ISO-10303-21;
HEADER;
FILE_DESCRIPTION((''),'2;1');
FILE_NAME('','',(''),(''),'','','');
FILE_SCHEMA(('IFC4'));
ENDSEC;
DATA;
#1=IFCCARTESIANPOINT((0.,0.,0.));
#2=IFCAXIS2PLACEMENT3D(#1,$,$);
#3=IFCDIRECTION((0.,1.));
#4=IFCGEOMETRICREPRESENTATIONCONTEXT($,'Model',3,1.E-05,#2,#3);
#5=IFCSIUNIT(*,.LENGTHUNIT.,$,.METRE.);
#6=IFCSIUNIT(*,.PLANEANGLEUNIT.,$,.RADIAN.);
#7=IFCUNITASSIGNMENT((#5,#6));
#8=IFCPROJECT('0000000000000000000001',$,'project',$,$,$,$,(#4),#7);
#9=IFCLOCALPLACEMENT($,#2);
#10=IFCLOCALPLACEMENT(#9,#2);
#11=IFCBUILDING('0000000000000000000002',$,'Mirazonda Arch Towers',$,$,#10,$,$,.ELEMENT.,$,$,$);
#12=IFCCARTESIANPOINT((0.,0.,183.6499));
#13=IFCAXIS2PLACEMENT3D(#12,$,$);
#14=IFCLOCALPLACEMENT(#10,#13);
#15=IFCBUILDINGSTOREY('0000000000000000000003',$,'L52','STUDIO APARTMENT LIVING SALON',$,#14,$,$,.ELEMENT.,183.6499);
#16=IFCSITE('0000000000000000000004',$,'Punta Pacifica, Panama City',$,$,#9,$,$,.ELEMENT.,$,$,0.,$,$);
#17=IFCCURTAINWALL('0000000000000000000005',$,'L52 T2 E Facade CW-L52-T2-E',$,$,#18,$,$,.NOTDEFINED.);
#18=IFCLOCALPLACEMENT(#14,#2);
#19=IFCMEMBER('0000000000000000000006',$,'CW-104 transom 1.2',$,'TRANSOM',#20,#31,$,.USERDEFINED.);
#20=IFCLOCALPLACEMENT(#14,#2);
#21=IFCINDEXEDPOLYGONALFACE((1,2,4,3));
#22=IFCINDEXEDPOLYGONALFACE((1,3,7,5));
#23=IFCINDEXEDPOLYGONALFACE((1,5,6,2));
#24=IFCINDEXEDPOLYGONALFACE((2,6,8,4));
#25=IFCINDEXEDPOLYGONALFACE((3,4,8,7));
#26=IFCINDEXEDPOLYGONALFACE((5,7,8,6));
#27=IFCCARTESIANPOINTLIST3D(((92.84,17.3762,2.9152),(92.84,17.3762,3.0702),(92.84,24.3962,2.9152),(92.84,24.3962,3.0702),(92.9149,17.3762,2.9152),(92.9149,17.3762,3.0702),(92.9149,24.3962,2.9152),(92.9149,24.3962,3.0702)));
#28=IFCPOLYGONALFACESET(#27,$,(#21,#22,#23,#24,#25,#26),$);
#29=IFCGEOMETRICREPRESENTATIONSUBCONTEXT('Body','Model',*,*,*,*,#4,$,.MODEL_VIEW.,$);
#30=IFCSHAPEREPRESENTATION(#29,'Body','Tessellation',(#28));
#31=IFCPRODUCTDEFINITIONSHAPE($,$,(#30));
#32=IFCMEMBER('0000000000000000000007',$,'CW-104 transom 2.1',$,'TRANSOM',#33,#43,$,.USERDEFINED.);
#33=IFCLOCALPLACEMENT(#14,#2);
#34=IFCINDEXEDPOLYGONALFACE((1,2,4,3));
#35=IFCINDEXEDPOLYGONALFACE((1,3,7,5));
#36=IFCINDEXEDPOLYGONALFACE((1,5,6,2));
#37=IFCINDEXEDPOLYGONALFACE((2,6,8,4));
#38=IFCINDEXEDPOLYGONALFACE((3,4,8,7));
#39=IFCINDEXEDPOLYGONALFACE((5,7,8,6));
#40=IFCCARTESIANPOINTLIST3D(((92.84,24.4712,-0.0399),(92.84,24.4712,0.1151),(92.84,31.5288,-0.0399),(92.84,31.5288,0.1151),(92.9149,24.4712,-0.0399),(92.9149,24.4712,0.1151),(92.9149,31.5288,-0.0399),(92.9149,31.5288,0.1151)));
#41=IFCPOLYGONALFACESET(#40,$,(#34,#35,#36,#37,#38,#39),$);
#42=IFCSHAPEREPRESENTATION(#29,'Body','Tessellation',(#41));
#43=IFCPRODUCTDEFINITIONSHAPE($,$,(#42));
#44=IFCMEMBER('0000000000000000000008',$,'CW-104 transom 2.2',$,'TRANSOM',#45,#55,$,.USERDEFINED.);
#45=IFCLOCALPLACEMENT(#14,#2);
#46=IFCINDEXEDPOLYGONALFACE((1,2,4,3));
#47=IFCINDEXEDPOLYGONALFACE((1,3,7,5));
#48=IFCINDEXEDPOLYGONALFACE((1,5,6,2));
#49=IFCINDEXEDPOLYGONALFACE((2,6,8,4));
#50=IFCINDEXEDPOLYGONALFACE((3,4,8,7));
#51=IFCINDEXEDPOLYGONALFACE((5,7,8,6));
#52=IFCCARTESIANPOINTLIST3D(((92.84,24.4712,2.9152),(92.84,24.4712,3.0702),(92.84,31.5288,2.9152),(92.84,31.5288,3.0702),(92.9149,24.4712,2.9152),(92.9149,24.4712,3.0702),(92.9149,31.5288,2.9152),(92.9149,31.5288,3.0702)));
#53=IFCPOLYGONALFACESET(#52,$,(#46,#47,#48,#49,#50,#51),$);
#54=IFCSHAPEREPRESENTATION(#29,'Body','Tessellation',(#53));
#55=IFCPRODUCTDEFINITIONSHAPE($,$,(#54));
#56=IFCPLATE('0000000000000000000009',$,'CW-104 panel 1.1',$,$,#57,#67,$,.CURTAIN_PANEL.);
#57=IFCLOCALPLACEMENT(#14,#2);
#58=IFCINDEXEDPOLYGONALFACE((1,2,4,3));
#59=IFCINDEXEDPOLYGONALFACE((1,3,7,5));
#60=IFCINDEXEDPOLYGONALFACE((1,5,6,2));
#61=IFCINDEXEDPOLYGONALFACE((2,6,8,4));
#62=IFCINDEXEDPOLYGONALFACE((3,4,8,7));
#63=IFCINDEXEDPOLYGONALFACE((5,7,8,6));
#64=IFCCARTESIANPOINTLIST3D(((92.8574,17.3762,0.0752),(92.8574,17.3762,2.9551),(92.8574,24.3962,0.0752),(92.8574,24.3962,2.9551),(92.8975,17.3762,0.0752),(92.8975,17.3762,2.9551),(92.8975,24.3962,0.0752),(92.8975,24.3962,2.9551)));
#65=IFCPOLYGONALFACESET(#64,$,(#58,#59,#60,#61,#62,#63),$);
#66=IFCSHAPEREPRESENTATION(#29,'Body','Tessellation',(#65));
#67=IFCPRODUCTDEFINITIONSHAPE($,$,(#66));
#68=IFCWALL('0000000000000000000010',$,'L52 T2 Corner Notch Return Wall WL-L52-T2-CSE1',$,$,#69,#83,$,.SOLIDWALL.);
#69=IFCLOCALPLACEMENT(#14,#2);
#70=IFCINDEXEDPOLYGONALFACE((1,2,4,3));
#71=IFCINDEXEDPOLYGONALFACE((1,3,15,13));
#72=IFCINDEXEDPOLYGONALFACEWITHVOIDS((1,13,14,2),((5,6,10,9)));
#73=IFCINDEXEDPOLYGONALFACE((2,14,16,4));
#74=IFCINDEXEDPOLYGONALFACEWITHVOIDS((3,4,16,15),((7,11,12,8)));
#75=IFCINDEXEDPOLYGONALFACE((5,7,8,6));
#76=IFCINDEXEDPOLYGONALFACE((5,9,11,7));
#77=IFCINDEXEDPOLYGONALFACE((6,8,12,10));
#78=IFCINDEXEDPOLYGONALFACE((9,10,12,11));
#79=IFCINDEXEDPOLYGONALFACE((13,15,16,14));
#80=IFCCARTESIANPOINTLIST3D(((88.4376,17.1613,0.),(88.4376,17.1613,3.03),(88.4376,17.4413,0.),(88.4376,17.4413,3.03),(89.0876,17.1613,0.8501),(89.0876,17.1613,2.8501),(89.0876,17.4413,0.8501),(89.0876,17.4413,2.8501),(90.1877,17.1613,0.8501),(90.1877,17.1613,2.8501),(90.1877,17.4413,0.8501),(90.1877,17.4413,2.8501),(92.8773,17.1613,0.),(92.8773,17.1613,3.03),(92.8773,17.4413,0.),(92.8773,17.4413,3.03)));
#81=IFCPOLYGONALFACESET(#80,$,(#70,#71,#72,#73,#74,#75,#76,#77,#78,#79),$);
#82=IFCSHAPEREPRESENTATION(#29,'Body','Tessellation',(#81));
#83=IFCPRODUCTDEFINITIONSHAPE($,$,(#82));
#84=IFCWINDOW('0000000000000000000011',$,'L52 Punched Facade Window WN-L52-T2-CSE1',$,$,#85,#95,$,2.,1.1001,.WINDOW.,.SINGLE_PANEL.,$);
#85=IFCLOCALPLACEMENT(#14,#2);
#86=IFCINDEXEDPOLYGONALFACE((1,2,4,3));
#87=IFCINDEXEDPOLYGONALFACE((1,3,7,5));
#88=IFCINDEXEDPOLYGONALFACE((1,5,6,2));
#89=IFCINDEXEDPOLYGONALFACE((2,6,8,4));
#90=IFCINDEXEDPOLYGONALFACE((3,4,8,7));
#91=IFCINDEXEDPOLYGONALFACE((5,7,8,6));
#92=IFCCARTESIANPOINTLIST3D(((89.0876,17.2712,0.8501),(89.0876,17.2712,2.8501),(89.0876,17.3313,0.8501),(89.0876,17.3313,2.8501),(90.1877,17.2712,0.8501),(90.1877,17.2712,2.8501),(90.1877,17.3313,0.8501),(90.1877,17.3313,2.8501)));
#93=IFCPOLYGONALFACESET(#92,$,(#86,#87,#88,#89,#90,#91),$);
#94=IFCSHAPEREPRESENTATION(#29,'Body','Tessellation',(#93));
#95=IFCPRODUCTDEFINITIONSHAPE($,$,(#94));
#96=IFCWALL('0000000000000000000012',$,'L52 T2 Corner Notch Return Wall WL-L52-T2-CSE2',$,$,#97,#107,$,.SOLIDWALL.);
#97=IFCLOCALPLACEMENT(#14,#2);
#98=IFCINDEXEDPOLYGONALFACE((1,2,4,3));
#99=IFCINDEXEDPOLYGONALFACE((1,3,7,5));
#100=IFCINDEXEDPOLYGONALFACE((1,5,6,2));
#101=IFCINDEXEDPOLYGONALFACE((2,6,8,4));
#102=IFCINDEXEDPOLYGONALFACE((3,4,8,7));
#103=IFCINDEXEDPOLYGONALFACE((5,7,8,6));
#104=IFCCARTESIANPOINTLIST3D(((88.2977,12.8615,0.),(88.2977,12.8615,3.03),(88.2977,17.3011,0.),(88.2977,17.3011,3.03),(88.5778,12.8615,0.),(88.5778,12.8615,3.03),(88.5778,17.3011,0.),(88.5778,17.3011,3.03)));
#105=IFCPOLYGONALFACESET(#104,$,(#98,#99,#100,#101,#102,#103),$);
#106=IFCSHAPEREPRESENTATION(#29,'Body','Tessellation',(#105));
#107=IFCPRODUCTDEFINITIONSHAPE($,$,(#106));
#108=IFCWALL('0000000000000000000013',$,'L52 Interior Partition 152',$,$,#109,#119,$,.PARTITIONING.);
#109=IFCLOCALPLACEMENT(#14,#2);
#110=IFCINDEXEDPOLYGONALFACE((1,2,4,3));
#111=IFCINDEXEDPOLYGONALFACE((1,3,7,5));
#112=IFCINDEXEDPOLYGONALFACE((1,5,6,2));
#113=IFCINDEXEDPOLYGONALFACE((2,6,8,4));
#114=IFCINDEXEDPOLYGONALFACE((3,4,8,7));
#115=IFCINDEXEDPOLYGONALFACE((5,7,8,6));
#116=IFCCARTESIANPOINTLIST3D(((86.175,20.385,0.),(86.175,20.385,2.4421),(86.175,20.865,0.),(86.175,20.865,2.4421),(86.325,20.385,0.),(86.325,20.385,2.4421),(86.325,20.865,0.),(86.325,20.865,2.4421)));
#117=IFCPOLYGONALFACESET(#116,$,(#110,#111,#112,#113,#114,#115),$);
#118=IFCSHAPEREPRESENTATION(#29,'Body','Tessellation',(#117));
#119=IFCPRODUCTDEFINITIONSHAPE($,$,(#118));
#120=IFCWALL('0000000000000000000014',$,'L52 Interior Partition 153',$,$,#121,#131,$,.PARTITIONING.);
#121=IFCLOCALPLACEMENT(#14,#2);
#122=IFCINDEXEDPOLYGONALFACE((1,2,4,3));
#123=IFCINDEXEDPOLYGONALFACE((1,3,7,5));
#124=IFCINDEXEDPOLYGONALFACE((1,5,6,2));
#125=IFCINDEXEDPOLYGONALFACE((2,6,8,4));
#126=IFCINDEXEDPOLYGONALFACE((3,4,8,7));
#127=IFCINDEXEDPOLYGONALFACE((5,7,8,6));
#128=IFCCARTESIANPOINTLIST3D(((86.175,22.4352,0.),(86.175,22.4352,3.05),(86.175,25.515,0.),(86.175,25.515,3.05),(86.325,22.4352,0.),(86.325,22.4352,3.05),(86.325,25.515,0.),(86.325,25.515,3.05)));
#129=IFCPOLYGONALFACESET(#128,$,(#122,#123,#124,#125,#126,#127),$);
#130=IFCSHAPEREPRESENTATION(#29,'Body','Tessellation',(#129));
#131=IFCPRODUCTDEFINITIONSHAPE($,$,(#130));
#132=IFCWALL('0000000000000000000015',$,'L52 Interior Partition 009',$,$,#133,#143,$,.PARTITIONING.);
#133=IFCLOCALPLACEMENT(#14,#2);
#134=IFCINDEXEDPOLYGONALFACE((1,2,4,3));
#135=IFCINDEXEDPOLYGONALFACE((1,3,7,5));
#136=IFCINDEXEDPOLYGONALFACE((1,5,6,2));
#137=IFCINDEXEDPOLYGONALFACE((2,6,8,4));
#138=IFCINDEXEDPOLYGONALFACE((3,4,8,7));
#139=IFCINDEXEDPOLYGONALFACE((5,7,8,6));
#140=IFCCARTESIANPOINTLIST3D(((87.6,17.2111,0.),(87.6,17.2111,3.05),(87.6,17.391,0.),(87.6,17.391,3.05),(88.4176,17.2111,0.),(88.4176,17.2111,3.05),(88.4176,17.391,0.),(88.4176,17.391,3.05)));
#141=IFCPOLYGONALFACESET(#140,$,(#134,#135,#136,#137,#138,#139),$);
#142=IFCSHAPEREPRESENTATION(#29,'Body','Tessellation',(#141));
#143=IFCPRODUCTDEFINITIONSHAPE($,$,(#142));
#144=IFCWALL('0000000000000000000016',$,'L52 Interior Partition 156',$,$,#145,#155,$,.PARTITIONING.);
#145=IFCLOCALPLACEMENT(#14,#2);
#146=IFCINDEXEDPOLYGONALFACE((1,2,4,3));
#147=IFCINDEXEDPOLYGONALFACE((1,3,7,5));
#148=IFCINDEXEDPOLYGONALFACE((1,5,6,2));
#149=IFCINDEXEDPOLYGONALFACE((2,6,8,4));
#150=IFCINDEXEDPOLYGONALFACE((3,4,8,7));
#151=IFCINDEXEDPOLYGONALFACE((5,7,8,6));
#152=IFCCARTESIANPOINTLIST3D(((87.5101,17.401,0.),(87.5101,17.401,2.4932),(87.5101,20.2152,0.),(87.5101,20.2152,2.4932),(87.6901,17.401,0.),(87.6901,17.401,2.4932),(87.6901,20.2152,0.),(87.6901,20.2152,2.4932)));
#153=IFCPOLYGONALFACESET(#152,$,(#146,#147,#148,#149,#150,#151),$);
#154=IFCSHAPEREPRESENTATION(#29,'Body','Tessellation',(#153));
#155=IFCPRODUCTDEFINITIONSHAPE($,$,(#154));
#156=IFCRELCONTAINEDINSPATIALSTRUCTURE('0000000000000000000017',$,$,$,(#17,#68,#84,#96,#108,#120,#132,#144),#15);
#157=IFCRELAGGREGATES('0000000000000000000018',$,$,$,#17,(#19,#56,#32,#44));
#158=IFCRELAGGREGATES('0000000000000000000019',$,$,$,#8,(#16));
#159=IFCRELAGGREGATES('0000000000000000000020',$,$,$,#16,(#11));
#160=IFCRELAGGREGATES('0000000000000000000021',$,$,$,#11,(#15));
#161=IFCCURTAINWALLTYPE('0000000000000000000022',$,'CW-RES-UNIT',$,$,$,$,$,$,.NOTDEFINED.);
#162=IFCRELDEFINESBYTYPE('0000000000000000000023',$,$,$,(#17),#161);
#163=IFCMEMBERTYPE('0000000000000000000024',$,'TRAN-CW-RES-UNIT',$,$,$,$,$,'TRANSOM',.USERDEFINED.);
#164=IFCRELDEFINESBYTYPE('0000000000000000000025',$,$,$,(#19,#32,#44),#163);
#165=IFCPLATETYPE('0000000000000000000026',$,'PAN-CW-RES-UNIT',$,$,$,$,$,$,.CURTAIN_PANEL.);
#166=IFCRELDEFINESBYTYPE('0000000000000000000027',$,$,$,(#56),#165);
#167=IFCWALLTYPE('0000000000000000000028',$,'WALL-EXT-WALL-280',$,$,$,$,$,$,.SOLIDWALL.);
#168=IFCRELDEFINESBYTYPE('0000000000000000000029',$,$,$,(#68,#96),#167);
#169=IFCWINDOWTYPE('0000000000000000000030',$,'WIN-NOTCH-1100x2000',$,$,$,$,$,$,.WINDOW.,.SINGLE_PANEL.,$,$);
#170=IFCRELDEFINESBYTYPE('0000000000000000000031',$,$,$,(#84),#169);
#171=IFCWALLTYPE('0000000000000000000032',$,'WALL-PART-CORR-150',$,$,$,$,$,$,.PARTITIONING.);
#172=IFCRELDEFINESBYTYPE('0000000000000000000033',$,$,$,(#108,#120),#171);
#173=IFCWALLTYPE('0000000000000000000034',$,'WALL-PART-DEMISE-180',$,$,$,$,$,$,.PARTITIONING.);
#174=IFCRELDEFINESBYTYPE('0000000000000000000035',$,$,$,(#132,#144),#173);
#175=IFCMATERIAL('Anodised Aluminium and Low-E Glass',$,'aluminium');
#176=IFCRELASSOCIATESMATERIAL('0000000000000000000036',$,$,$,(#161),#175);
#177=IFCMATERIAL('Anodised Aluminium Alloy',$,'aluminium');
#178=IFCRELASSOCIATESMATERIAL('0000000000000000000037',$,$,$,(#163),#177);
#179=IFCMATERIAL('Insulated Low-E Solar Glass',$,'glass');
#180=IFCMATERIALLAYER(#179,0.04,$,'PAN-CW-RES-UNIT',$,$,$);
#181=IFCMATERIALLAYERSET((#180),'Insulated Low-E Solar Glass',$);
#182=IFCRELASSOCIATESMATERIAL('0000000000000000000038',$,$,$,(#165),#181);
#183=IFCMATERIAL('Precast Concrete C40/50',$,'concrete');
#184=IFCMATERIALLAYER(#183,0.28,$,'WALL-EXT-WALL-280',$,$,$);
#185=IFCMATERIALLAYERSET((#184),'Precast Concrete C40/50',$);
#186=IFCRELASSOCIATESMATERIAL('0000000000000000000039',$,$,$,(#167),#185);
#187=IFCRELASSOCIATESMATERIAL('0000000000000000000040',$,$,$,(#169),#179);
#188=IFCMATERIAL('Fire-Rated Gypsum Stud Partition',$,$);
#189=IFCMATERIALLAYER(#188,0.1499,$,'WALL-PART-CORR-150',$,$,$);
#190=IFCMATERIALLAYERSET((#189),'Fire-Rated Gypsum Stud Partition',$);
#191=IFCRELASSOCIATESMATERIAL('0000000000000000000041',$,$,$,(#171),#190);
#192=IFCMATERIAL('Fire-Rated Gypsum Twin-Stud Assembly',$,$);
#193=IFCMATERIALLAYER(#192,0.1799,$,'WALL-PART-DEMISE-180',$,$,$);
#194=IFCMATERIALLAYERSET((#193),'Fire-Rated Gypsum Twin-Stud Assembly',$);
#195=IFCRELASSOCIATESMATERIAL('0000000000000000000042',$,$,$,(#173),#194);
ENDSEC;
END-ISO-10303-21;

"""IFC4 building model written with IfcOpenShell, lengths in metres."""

from ifc_helpers import new_model, si_unit, direction, frame, frame_2d, origin, origin_2d, place, context, subcontext, project, spatial, rectangle, extrude, material, layer, layer_set, material_profile, profile_set, type_object, element, fill, aggregate, save


model = new_model("IFC4")

# Units and contexts
model_context = context("Model", 3, precision=1e-05, world=origin(), true_north=direction((0.0, 1.0)))
body_context = subcontext(model_context, "Body", "Model", "MODEL_VIEW")
ifc_project = project(units=[si_unit("LENGTHUNIT", "METRE"), si_unit("PLANEANGLEUNIT", "RADIAN")], contexts=[model_context])

# Site, building, storey
site_placement = place(None, origin())
site = spatial("IfcSite", under=ifc_project, at=site_placement, Name="Punta Pacifica, Panama City", CompositionType="ELEMENT", RefElevation=0.0)
building_placement = place(site_placement, origin())
building = spatial("IfcBuilding", under=site, at=building_placement, Name="Mirazonda Arch Towers", CompositionType="ELEMENT")
storey_placement = place(building_placement, frame((0.0, 0.0, 183.6499)))
storey = spatial("IfcBuildingStorey", under=building, at=storey_placement, Name="L52", Description="STUDIO APARTMENT LIVING SALON", CompositionType="ELEMENT", Elevation=183.6499)

# Shared definitions
ifc_material_1 = material(Name="Anodised Aluminium and Low-E Glass", Category="aluminium")
curtain_wall_type = type_object("IfcCurtainWallType", Name="CW-RES-UNIT", PredefinedType="NOTDEFINED", material=ifc_material_1)
ifc_material_2 = material(Name="Anodised Aluminium Alloy", Category="aluminium")

# Curtain wall
curtain_wall_1_placement = place(storey_placement, origin())
curtain_wall_1 = element("IfcCurtainWall", 1, at=curtain_wall_1_placement, inside=storey, type_object=curtain_wall_type, Name="L52 T2 E Facade CW-L52-T2-E", PredefinedType="NOTDEFINED")

# Members
ifc_material_profile_1 = material_profile(ifc_material_2, rectangle(XDim=0.075, YDim=0.155, at=origin_2d()), Name="ALU-TRAN-75x155")
ifc_profile_set_1 = profile_set([ifc_material_profile_1], Name="Anodised Aluminium Alloy")
member_type_1 = type_object("IfcMemberType", Name="TRAN-CW-RES-UNIT", ElementType="TRANSOM", PredefinedType="USERDEFINED", material=ifc_profile_set_1)
member_1_placement = place(storey_placement, frame((92.8774, 17.3762, 2.9927), z_axis=(0.0, 1.0, 0.0), x_axis=(-1.0, 0.0, 0.0)))
member_1 = element("IfcMember", 2, at=member_1_placement, type_object=member_type_1, Name="CW-104 transom 1.2", ObjectType="TRANSOM", PredefinedType="USERDEFINED", context=body_context, shape_type="SweptSolid", body=[
    extrude(rectangle(XDim=0.075, YDim=0.155, at=origin_2d()), origin(), (0.0, 0.0, 1.0), 7.02),
])
member_2_placement = place(storey_placement, frame((92.8774, 24.4712, 0.0376), z_axis=(0.0, 1.0, 0.0), x_axis=(-1.0, 0.0, 0.0)))
member_2 = element("IfcMember", 3, at=member_2_placement, type_object=member_type_1, Name="CW-104 transom 2.1", ObjectType="TRANSOM", PredefinedType="USERDEFINED", context=body_context, shape_type="SweptSolid", body=[
    extrude(rectangle(XDim=0.075, YDim=0.155, at=origin_2d()), origin(), (0.0, 0.0, 1.0), 7.0576),
])
member_3_placement = place(storey_placement, frame((92.8774, 24.4712, 2.9927), z_axis=(0.0, 1.0, 0.0), x_axis=(-1.0, 0.0, 0.0)))
member_3 = element("IfcMember", 4, at=member_3_placement, type_object=member_type_1, Name="CW-104 transom 2.2", ObjectType="TRANSOM", PredefinedType="USERDEFINED", context=body_context, shape_type="SweptSolid", body=[
    extrude(rectangle(XDim=0.075, YDim=0.155, at=origin_2d()), origin(), (0.0, 0.0, 1.0), 7.0576),
])

# Plate
ifc_material_3 = material(Name="Insulated Low-E Solar Glass", Category="glass")
ifc_layer_1 = layer(ifc_material_3, 0.04, Name="PAN-CW-RES-UNIT")
ifc_layer_set_1 = layer_set([ifc_layer_1], Name="Insulated Low-E Solar Glass")
plate_type = type_object("IfcPlateType", Name="PAN-CW-RES-UNIT", PredefinedType="CURTAIN_PANEL", material=ifc_layer_set_1)
plate_placement = place(storey_placement, frame((92.8774, 20.8862, 0.0752), z_axis=(0.0, 0.0, 1.0), x_axis=(0.0, 1.0, 0.0)))
plate = element("IfcPlate", 5, at=plate_placement, type_object=plate_type, Name="CW-104 panel 1.1", PredefinedType="CURTAIN_PANEL", context=body_context, shape_type="SweptSolid", body=[
    extrude(rectangle(XDim=7.02, YDim=0.04, at=origin_2d()), origin(), (0.0, 0.0, 1.0), 2.8799),
])
aggregate(curtain_wall_1, [member_1, plate, member_2, member_3])

# Wall, opening, window
ifc_material_4 = material(Name="Precast Concrete C40/50", Category="concrete")
ifc_layer_2 = layer(ifc_material_4, 0.28, Name="WALL-EXT-WALL-280")
ifc_layer_set_2 = layer_set([ifc_layer_2], Name="Precast Concrete C40/50")
wall_type_1 = type_object("IfcWallType", Name="WALL-EXT-WALL-280", PredefinedType="SOLIDWALL", material=ifc_layer_set_2)
wall_1_placement = place(storey_placement, frame((88.4377, 17.3013, 0.0), z_axis=(0.0, 0.0, 1.0), x_axis=(1.0, 0.0, 0.0)))
wall_1 = element("IfcWall", 6, at=wall_1_placement, inside=storey, type_object=wall_type_1, Name="L52 T2 Corner Notch Return Wall WL-L52-T2-CSE1", PredefinedType="SOLIDWALL", context=body_context, shape_type="SweptSolid", body=[
    extrude(rectangle(XDim=4.4397, YDim=0.28, at=frame_2d((2.2197, 0.0))), origin(), (0.0, 0.0, 1.0), 3.03),
])
opening_1_placement = place(wall_1_placement, frame((0.6499, 0.0, 0.8501)))
opening_1 = element("IfcOpeningElement", 7, at=opening_1_placement, cuts=wall_1, PredefinedType="OPENING", context=body_context, shape_type="SweptSolid", body=[
    extrude(rectangle(XDim=1.1001, YDim=2.0, at=frame_2d((0.55, 1.0))), frame((0.0, 0.1499, 0.0), z_axis=(0.0, -1.0, 0.0), x_axis=(1.0, 0.0, 0.0)), (0.0, 0.0, 1.0), 0.3),
])
window_type = type_object("IfcWindowType", Name="WIN-NOTCH-1100x2000", PartitioningType="SINGLE_PANEL", PredefinedType="WINDOW", material=ifc_material_3)
window_placement = place(opening_1_placement, origin())
window = element("IfcWindow", 8, at=window_placement, inside=storey, type_object=window_type, Name="L52 Punched Facade Window WN-L52-T2-CSE1", OverallHeight=2.0, OverallWidth=1.1001, PartitioningType="SINGLE_PANEL", PredefinedType="WINDOW", context=body_context, shape_type="SweptSolid", body=[
    extrude(rectangle(XDim=1.1001, YDim=2.0, at=frame_2d((0.55, 1.0))), frame((0.0, 0.03, 0.0), z_axis=(0.0, -1.0, 0.0), x_axis=(1.0, 0.0, 0.0)), (0.0, 0.0, 1.0), 0.0601),
])
fill(opening_1, window)

# Walls
wall_2_placement = place(storey_placement, frame((88.4377, 12.8616, 0.0), z_axis=(0.0, 0.0, 1.0), x_axis=(0.0, 1.0, 0.0)))
element("IfcWall", 9, at=wall_2_placement, inside=storey, type_object=wall_type_1, Name="L52 T2 Corner Notch Return Wall WL-L52-T2-CSE2", PredefinedType="SOLIDWALL", context=body_context, shape_type="SweptSolid", body=[
    extrude(rectangle(XDim=4.4397, YDim=0.28, at=frame_2d((2.2197, 0.0))), origin(), (0.0, 0.0, 1.0), 3.03),
])
ifc_material_5 = material(Name="Fire-Rated Gypsum Stud Partition")
ifc_layer_3 = layer(ifc_material_5, 0.1499, Name="WALL-PART-CORR-150")
ifc_layer_set_3 = layer_set([ifc_layer_3], Name="Fire-Rated Gypsum Stud Partition")
wall_type_2 = type_object("IfcWallType", Name="WALL-PART-CORR-150", PredefinedType="PARTITIONING", material=ifc_layer_set_3)
wall_3_placement = place(storey_placement, frame((86.25, 20.385, 0.0), z_axis=(0.0, 0.0, 1.0), x_axis=(0.0, 1.0, 0.0)))
element("IfcWall", 10, at=wall_3_placement, inside=storey, type_object=wall_type_2, Name="L52 Interior Partition 152", PredefinedType="PARTITIONING", context=body_context, shape_type="SweptSolid", body=[
    extrude(rectangle(XDim=0.48, YDim=0.1499, at=frame_2d((0.24, 0.0))), origin(), (0.0, 0.0, 1.0), 2.4421),
])
wall_4_placement = place(storey_placement, frame((86.25, 22.4351, 0.0), z_axis=(0.0, 0.0, 1.0), x_axis=(0.0, 1.0, 0.0)))
element("IfcWall", 11, at=wall_4_placement, inside=storey, type_object=wall_type_2, Name="L52 Interior Partition 153", PredefinedType="PARTITIONING", context=body_context, shape_type="SweptSolid", body=[
    extrude(rectangle(XDim=3.0798, YDim=0.1499, at=frame_2d((1.54, 0.0))), origin(), (0.0, 0.0, 1.0), 3.05),
])
ifc_material_6 = material(Name="Fire-Rated Gypsum Twin-Stud Assembly")
ifc_layer_4 = layer(ifc_material_6, 0.1799, Name="WALL-PART-DEMISE-180")
ifc_layer_set_4 = layer_set([ifc_layer_4], Name="Fire-Rated Gypsum Twin-Stud Assembly")
wall_type_3 = type_object("IfcWallType", Name="WALL-PART-DEMISE-180", PredefinedType="PARTITIONING", material=ifc_layer_set_4)
wall_5_placement = place(storey_placement, frame((87.6001, 17.301, 0.0), z_axis=(0.0, 0.0, 1.0), x_axis=(1.0, 0.0, 0.0)))
element("IfcWall", 12, at=wall_5_placement, inside=storey, type_object=wall_type_3, Name="L52 Interior Partition 009", PredefinedType="PARTITIONING", context=body_context, shape_type="SweptSolid", body=[
    extrude(rectangle(XDim=0.8176, YDim=0.1799, at=frame_2d((0.4087, 0.0))), origin(), (0.0, 0.0, 1.0), 3.05),
])

# Wall
wall_6_placement = place(storey_placement, frame((87.6001, 17.4009, 0.0), z_axis=(0.0, 0.0, 1.0), x_axis=(0.0, 1.0, 0.0)))
element("IfcWall", 13, at=wall_6_placement, inside=storey, type_object=wall_type_3, Name="L52 Interior Partition 156", PredefinedType="PARTITIONING", context=body_context, shape_type="SweptSolid", body=[
    extrude(rectangle(XDim=2.8142, YDim=0.1799, at=frame_2d((1.4072, 0.0))), origin(), (0.0, 0.0, 1.0), 2.4932),
])

save(model, "model.ifc")
